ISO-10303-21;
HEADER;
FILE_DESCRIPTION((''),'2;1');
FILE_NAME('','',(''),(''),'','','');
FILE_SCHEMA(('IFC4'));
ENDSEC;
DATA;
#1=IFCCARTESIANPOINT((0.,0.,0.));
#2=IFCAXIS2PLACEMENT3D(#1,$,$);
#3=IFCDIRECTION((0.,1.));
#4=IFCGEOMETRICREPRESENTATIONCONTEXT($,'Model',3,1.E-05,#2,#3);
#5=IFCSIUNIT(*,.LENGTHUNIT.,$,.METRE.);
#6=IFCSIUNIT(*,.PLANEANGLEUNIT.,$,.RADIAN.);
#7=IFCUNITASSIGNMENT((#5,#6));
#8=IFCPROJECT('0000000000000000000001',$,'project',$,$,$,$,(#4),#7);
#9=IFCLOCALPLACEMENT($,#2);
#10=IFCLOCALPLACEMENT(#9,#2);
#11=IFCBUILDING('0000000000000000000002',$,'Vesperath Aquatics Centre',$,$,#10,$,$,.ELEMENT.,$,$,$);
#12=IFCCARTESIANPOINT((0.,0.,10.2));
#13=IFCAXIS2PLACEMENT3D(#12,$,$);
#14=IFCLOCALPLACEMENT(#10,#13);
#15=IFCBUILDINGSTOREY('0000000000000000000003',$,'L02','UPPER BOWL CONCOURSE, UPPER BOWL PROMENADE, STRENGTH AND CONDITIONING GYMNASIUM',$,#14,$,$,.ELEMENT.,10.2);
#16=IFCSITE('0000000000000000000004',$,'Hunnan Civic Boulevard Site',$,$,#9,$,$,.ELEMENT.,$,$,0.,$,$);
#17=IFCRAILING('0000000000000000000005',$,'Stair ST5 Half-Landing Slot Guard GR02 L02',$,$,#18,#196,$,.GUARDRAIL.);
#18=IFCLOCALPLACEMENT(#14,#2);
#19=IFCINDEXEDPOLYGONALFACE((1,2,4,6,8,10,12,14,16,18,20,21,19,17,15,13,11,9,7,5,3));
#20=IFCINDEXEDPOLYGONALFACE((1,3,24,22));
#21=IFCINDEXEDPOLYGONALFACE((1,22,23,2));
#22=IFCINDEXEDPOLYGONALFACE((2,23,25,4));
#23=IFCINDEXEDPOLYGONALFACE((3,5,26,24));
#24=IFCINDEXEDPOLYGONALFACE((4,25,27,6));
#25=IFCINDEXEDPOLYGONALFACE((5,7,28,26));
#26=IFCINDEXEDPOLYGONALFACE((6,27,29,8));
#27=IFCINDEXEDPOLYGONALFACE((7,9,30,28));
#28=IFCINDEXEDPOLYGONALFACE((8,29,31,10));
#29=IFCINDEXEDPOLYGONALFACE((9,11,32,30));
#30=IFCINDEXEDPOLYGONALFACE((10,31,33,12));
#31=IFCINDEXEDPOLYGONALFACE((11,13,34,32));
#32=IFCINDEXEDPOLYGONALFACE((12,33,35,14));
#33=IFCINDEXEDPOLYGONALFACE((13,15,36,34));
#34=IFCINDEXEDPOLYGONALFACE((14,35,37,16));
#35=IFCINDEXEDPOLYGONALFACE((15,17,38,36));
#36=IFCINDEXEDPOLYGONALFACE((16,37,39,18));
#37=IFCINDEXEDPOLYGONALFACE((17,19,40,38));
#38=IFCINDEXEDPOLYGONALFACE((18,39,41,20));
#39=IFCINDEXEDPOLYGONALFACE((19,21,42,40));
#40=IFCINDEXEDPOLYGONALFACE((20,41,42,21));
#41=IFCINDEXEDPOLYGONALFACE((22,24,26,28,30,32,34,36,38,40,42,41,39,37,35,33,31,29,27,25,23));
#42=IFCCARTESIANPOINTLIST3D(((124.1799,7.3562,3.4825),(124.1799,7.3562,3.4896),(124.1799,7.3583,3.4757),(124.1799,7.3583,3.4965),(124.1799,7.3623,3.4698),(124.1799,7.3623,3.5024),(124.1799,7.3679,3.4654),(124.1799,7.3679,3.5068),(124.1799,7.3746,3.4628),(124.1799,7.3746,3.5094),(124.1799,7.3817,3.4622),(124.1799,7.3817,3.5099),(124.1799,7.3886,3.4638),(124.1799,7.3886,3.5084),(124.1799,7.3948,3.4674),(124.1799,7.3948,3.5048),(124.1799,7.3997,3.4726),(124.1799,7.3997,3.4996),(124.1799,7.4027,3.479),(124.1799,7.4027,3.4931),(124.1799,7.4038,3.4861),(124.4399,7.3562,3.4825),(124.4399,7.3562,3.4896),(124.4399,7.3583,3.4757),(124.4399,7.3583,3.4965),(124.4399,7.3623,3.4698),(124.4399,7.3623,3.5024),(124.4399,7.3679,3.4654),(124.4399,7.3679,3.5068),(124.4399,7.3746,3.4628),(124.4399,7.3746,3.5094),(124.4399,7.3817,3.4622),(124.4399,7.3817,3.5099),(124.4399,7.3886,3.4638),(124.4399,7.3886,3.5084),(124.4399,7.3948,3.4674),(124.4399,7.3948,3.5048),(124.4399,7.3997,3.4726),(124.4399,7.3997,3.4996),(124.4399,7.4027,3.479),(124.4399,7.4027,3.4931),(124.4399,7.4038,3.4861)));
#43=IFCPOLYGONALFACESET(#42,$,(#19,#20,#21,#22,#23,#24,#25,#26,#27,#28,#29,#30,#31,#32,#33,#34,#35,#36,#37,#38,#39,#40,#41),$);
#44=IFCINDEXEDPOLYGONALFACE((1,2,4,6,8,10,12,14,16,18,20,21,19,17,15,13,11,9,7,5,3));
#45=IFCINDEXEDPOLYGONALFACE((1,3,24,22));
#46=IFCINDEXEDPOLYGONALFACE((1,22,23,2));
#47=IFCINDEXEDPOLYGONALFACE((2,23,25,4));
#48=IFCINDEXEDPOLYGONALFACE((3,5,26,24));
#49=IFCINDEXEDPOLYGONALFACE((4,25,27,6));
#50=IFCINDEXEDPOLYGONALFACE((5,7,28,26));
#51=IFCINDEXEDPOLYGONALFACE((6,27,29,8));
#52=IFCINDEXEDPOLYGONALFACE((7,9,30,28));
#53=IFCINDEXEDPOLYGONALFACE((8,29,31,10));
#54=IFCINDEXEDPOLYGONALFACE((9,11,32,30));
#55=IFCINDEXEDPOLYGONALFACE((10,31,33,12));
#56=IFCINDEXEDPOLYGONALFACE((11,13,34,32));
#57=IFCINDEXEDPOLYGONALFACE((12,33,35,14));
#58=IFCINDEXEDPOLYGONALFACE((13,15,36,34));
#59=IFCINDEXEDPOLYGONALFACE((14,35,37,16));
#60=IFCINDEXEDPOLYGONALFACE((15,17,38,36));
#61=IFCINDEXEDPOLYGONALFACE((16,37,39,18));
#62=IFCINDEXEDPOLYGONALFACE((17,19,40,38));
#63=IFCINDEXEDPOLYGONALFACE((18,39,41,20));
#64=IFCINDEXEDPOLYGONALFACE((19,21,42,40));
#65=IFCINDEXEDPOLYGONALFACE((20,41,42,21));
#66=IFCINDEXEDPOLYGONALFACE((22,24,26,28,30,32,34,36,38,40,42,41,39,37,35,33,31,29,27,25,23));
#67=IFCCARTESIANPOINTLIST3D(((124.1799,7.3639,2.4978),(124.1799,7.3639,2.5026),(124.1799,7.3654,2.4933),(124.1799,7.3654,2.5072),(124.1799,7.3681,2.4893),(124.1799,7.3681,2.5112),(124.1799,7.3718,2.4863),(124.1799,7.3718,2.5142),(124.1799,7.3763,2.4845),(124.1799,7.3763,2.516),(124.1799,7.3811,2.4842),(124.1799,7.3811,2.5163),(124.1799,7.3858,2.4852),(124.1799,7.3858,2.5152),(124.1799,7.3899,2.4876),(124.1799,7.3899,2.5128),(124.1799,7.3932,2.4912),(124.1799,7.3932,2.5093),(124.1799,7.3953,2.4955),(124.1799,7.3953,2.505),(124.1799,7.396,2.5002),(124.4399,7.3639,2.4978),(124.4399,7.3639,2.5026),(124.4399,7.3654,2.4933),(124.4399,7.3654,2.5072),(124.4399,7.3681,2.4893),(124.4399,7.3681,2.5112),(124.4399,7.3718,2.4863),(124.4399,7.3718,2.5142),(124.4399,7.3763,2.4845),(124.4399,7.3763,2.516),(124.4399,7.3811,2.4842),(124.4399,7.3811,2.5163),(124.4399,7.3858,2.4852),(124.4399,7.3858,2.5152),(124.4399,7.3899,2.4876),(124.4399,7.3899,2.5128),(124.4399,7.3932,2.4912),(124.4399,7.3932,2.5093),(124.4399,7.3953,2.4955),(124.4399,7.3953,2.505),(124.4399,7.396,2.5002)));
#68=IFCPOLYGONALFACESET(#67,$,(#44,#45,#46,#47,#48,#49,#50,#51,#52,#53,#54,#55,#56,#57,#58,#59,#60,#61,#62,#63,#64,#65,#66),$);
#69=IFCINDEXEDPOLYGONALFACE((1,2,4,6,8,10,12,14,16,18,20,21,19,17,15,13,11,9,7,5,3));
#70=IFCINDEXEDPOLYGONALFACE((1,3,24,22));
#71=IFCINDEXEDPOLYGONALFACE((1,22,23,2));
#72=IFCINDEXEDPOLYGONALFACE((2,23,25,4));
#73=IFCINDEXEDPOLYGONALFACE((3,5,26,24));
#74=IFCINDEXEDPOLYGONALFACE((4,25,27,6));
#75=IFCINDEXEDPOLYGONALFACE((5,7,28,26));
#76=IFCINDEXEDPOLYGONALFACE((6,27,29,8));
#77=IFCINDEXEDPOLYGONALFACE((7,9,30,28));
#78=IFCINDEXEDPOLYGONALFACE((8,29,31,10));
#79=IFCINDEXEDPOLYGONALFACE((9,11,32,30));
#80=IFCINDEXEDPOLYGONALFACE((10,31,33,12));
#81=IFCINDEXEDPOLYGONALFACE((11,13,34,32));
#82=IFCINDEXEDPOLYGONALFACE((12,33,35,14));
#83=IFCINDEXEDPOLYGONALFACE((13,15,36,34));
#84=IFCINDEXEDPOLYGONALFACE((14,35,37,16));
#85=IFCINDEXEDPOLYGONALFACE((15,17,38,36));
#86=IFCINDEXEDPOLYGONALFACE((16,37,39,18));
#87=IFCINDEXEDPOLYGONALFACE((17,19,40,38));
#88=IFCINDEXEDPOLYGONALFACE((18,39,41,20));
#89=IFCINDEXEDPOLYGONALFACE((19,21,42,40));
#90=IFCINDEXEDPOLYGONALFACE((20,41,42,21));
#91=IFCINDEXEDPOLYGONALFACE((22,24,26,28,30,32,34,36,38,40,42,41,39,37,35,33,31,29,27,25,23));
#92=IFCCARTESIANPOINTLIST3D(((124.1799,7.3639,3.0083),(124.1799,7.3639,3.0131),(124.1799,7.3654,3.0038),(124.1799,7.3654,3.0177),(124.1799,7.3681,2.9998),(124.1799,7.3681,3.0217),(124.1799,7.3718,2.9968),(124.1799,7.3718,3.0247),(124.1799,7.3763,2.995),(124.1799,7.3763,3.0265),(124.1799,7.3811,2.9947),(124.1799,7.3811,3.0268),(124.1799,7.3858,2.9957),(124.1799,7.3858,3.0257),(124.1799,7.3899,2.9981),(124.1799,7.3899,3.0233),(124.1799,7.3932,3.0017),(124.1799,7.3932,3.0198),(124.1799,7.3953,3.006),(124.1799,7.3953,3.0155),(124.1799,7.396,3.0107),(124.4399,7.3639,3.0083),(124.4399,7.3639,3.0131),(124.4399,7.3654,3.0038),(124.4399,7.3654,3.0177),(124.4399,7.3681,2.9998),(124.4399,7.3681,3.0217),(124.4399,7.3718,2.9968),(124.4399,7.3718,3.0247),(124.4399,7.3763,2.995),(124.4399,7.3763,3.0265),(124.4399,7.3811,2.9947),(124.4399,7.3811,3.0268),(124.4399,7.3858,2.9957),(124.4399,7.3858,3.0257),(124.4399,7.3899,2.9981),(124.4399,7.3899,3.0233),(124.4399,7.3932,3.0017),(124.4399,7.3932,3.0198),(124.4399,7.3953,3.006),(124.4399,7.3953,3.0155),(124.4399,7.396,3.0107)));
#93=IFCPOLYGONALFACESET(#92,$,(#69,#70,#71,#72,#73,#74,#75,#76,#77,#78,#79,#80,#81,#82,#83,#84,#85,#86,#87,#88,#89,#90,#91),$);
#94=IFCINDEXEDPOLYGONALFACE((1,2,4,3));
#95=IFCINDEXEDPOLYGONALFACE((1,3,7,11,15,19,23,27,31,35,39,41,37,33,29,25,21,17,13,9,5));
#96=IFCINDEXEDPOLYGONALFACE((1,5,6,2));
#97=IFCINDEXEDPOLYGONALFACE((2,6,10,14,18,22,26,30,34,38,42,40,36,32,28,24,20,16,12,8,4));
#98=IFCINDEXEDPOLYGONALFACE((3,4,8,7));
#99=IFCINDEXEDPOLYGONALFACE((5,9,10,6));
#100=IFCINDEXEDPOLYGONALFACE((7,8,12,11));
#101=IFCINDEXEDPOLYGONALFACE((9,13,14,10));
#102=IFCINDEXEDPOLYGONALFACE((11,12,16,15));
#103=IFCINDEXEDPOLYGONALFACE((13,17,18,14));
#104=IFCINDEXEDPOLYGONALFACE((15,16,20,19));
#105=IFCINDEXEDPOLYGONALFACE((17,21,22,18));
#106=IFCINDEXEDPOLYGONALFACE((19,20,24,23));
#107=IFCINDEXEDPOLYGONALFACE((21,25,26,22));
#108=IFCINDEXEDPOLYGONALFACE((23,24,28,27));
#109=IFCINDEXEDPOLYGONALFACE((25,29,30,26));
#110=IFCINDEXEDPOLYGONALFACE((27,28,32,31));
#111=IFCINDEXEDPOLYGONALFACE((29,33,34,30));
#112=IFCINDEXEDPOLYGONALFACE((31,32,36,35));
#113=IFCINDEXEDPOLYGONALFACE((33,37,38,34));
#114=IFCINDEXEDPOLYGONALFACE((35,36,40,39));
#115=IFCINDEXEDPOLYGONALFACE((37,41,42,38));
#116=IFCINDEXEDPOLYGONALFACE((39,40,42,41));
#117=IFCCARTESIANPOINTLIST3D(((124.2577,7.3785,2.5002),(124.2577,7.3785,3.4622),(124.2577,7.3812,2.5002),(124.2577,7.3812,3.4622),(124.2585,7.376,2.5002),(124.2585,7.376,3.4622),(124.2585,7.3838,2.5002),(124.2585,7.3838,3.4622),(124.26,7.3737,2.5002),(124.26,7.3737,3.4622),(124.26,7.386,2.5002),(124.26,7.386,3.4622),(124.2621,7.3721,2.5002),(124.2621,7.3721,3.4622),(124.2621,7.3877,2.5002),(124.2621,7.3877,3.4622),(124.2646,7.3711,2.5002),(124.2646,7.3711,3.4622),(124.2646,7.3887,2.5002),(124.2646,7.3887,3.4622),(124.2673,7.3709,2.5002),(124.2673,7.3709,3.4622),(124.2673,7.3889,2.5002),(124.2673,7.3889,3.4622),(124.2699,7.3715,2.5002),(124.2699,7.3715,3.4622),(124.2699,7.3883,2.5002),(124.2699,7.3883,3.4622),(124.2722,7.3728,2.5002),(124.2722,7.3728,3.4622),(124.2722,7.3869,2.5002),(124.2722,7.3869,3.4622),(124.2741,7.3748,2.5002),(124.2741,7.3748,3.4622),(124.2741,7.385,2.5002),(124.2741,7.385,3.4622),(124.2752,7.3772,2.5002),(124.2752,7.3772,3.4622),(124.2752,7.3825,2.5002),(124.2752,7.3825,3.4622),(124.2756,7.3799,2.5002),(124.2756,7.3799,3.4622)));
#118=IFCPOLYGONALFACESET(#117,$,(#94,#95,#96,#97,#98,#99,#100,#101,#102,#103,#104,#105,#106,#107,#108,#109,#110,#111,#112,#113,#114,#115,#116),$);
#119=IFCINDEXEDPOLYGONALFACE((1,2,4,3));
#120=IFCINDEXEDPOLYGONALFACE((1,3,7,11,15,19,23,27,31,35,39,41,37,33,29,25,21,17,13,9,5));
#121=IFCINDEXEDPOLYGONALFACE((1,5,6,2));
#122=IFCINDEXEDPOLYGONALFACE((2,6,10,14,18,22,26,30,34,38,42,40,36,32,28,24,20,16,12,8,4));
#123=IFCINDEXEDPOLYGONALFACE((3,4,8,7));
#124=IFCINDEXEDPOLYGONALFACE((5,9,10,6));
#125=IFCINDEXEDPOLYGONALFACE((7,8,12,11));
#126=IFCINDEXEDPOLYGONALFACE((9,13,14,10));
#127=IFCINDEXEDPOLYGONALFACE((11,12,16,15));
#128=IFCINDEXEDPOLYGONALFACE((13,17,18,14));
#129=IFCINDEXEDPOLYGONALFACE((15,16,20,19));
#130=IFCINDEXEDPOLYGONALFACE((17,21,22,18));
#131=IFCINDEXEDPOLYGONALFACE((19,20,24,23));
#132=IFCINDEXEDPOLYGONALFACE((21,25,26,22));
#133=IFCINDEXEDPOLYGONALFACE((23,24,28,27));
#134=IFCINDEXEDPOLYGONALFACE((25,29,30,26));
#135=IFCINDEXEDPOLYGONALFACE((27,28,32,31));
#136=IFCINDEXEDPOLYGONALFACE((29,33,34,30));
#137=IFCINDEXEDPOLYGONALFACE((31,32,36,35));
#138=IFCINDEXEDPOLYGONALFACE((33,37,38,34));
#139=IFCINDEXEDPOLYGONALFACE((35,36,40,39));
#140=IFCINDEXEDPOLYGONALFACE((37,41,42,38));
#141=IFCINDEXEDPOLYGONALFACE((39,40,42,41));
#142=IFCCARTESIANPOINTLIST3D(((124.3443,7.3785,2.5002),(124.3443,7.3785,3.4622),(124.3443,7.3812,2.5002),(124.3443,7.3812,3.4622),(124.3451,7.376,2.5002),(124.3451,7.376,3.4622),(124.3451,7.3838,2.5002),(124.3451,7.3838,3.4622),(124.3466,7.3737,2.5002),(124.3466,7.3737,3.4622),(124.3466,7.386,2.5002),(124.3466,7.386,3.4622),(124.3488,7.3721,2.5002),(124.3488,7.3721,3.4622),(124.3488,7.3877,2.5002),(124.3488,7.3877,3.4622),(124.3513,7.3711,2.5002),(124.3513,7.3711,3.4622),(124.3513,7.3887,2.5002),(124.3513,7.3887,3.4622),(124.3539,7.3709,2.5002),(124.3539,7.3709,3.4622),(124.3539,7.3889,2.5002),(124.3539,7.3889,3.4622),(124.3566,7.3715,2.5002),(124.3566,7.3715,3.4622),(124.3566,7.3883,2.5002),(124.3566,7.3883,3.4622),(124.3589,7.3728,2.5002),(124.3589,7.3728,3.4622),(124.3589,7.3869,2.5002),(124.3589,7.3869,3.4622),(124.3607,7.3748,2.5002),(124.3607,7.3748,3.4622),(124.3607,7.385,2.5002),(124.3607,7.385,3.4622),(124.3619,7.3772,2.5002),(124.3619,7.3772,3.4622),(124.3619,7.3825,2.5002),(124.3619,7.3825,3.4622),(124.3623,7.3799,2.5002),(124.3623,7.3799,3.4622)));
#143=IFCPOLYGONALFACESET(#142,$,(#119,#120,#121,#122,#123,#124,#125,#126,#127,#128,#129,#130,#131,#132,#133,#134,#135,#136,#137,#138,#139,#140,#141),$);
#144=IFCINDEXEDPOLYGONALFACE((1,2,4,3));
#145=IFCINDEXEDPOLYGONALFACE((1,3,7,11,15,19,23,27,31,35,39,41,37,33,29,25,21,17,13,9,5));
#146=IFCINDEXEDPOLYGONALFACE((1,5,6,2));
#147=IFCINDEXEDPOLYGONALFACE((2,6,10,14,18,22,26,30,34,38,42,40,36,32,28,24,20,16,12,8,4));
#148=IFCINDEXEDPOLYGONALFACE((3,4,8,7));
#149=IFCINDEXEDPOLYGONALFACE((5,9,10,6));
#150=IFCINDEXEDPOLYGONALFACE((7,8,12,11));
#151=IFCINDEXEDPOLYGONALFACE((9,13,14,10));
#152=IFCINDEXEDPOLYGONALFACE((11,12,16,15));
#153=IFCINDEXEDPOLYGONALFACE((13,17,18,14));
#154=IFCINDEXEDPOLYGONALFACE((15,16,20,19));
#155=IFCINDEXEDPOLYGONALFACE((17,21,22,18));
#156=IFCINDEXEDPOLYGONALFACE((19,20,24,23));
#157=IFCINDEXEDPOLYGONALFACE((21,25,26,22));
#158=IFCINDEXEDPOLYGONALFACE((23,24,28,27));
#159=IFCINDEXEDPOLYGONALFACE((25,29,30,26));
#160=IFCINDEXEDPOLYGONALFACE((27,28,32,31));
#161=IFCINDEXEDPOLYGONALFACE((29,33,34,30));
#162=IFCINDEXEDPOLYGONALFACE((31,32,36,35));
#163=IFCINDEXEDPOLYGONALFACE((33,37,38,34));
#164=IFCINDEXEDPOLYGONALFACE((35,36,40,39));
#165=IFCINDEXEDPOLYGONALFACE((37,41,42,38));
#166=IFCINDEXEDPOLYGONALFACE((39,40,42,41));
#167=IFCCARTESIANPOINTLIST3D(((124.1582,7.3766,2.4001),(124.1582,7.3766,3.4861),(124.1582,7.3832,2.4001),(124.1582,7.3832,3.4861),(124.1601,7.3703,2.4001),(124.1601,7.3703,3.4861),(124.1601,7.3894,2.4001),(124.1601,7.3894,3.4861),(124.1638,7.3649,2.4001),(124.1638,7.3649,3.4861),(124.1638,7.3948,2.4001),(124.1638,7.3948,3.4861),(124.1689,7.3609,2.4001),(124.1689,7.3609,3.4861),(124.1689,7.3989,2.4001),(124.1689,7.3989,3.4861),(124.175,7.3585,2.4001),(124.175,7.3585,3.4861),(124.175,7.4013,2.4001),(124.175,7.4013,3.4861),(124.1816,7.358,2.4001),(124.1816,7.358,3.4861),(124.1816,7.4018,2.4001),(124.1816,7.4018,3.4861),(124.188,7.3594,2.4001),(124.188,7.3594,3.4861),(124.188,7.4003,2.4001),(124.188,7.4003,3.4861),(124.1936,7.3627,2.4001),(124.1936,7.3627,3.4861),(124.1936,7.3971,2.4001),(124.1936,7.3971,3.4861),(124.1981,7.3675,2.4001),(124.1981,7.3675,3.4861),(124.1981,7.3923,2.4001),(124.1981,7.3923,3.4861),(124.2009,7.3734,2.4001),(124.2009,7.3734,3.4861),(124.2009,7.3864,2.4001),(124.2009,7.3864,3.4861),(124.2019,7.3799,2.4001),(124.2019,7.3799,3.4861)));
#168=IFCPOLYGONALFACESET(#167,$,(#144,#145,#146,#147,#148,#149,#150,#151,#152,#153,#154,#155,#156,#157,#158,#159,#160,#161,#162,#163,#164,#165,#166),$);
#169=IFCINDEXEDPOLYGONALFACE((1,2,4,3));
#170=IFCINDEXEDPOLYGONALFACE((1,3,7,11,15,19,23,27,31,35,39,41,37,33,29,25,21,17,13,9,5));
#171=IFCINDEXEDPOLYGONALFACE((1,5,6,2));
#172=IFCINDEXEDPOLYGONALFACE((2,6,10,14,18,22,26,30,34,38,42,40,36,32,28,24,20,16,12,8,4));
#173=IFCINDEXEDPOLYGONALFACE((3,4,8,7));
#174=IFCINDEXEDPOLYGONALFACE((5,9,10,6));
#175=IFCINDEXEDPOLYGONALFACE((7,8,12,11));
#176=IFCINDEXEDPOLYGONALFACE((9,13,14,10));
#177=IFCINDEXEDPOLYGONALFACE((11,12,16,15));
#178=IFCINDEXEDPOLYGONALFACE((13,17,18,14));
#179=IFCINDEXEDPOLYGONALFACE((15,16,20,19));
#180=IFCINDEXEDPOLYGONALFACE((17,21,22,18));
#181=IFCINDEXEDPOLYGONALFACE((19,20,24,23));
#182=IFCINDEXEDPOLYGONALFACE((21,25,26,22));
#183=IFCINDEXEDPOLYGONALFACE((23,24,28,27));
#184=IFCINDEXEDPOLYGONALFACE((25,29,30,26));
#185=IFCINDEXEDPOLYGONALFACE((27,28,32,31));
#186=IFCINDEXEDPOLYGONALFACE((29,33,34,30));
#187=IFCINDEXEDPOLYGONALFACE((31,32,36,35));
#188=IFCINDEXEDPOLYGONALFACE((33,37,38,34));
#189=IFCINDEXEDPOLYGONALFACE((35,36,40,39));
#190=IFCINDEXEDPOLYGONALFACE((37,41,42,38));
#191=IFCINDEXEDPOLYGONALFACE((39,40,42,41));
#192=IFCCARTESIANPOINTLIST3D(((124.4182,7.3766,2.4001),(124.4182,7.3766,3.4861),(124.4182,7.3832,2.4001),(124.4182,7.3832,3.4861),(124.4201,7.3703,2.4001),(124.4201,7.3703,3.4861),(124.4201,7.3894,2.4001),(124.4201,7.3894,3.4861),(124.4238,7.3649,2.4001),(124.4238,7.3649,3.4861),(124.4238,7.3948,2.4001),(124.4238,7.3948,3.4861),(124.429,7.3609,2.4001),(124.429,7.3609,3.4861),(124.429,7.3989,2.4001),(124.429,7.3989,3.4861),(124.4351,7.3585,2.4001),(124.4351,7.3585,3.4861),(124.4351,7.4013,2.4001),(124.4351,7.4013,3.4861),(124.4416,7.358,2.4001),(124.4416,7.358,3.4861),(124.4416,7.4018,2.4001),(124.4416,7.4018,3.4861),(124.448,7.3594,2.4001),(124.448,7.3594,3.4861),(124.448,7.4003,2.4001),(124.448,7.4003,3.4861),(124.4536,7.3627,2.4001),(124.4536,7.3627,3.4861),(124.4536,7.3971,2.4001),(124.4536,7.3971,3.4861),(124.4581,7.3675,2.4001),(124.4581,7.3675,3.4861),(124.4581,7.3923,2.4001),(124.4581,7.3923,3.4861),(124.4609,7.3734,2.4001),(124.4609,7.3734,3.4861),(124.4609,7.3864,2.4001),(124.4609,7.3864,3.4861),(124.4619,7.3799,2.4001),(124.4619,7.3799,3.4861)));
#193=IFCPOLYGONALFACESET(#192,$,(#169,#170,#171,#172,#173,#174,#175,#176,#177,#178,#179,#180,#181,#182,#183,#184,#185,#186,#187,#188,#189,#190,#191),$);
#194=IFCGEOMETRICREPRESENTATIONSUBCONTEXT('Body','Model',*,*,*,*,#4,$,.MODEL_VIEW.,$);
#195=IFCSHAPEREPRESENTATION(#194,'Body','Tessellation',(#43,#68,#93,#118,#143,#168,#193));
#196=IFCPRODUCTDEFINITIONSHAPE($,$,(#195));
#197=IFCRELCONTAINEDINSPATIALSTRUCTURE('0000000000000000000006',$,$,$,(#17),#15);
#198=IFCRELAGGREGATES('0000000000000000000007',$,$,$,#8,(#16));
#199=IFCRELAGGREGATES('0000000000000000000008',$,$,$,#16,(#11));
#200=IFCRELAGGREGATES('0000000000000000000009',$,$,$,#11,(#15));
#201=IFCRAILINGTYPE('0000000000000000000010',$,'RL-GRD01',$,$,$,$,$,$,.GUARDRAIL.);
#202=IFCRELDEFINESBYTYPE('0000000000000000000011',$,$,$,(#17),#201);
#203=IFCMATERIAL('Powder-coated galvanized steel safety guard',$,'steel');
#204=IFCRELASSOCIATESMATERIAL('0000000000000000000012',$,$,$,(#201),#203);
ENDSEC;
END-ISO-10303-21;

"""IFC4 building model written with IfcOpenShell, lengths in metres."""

from ifc_helpers import new_model, si_unit, direction, frame, origin, origin_2d, place, context, subcontext, project, spatial, circle, extrude, material, type_object, element, save


model = new_model("IFC4")

# Units and contexts
model_context = context("Model", 3, precision=1e-05, world=origin(), true_north=direction((0.0, 1.0)))
body_context = subcontext(model_context, "Body", "Model", "MODEL_VIEW")
ifc_project = project(units=[si_unit("LENGTHUNIT", "METRE"), si_unit("PLANEANGLEUNIT", "RADIAN")], contexts=[model_context])

# Site, building, storey
site_placement = place(None, origin())
site = spatial("IfcSite", under=ifc_project, at=site_placement, Name="Hunnan Civic Boulevard Site", CompositionType="ELEMENT", RefElevation=0.0)
building_placement = place(site_placement, origin())
building = spatial("IfcBuilding", under=site, at=building_placement, Name="Vesperath Aquatics Centre", CompositionType="ELEMENT")
storey_placement = place(building_placement, frame((0.0, 0.0, 10.2)))
storey = spatial("IfcBuildingStorey", under=building, at=storey_placement, Name="L02", Description="UPPER BOWL CONCOURSE, UPPER BOWL PROMENADE, STRENGTH AND CONDITIONING GYMNASIUM", CompositionType="ELEMENT", Elevation=10.2)

# Railing
ifc_material_1 = material(Name="Powder-coated galvanized steel safety guard", Category="steel")
railing_type_1 = type_object("IfcRailingType", Name="RL-GRD01", PredefinedType="GUARDRAIL", material=ifc_material_1)
railing_1_placement = place(storey_placement, frame((124.1799, 7.3799, 2.4001)))
element("IfcRailing", 1, at=railing_1_placement, inside=storey, type_object=railing_type_1, Name="Stair ST5 Half-Landing Slot Guard GR02 L02", PredefinedType="GUARDRAIL", context=body_context, shape_type="SweptSolid", body=[
    extrude(circle(Radius=0.0239, at=origin_2d()), frame((0.0, 0.0, 1.0859), z_axis=(1.0, 0.0, 0.0), x_axis=(0.0, 1.0, 0.0)), (0.0, 0.0, 1.0), 0.26),
    extrude(circle(Radius=0.0161, at=origin_2d()), frame((0.0, 0.0, 0.1001), z_axis=(1.0, 0.0, 0.0), x_axis=(0.0, 1.0, 0.0)), (0.0, 0.0, 1.0), 0.26),
    extrude(circle(Radius=0.0161, at=origin_2d()), frame((0.0, 0.0, 0.6106), z_axis=(1.0, 0.0, 0.0), x_axis=(0.0, 1.0, 0.0)), (0.0, 0.0, 1.0), 0.26),
    extrude(circle(Radius=0.009, at=origin_2d()), frame((0.0867, 0.0, 0.1001)), (0.0, 0.0, 1.0), 0.9619),
    extrude(circle(Radius=0.009, at=origin_2d()), frame((0.1733, 0.0, 0.1001)), (0.0, 0.0, 1.0), 0.9619),
    extrude(circle(Radius=0.022, at=origin_2d()), origin(), (0.0, 0.0, 1.0), 1.0859),
    extrude(circle(Radius=0.022, at=origin_2d()), frame((0.26, 0.0, 0.0)), (0.0, 0.0, 1.0), 1.0859),
])

save(model, "model.ifc")
